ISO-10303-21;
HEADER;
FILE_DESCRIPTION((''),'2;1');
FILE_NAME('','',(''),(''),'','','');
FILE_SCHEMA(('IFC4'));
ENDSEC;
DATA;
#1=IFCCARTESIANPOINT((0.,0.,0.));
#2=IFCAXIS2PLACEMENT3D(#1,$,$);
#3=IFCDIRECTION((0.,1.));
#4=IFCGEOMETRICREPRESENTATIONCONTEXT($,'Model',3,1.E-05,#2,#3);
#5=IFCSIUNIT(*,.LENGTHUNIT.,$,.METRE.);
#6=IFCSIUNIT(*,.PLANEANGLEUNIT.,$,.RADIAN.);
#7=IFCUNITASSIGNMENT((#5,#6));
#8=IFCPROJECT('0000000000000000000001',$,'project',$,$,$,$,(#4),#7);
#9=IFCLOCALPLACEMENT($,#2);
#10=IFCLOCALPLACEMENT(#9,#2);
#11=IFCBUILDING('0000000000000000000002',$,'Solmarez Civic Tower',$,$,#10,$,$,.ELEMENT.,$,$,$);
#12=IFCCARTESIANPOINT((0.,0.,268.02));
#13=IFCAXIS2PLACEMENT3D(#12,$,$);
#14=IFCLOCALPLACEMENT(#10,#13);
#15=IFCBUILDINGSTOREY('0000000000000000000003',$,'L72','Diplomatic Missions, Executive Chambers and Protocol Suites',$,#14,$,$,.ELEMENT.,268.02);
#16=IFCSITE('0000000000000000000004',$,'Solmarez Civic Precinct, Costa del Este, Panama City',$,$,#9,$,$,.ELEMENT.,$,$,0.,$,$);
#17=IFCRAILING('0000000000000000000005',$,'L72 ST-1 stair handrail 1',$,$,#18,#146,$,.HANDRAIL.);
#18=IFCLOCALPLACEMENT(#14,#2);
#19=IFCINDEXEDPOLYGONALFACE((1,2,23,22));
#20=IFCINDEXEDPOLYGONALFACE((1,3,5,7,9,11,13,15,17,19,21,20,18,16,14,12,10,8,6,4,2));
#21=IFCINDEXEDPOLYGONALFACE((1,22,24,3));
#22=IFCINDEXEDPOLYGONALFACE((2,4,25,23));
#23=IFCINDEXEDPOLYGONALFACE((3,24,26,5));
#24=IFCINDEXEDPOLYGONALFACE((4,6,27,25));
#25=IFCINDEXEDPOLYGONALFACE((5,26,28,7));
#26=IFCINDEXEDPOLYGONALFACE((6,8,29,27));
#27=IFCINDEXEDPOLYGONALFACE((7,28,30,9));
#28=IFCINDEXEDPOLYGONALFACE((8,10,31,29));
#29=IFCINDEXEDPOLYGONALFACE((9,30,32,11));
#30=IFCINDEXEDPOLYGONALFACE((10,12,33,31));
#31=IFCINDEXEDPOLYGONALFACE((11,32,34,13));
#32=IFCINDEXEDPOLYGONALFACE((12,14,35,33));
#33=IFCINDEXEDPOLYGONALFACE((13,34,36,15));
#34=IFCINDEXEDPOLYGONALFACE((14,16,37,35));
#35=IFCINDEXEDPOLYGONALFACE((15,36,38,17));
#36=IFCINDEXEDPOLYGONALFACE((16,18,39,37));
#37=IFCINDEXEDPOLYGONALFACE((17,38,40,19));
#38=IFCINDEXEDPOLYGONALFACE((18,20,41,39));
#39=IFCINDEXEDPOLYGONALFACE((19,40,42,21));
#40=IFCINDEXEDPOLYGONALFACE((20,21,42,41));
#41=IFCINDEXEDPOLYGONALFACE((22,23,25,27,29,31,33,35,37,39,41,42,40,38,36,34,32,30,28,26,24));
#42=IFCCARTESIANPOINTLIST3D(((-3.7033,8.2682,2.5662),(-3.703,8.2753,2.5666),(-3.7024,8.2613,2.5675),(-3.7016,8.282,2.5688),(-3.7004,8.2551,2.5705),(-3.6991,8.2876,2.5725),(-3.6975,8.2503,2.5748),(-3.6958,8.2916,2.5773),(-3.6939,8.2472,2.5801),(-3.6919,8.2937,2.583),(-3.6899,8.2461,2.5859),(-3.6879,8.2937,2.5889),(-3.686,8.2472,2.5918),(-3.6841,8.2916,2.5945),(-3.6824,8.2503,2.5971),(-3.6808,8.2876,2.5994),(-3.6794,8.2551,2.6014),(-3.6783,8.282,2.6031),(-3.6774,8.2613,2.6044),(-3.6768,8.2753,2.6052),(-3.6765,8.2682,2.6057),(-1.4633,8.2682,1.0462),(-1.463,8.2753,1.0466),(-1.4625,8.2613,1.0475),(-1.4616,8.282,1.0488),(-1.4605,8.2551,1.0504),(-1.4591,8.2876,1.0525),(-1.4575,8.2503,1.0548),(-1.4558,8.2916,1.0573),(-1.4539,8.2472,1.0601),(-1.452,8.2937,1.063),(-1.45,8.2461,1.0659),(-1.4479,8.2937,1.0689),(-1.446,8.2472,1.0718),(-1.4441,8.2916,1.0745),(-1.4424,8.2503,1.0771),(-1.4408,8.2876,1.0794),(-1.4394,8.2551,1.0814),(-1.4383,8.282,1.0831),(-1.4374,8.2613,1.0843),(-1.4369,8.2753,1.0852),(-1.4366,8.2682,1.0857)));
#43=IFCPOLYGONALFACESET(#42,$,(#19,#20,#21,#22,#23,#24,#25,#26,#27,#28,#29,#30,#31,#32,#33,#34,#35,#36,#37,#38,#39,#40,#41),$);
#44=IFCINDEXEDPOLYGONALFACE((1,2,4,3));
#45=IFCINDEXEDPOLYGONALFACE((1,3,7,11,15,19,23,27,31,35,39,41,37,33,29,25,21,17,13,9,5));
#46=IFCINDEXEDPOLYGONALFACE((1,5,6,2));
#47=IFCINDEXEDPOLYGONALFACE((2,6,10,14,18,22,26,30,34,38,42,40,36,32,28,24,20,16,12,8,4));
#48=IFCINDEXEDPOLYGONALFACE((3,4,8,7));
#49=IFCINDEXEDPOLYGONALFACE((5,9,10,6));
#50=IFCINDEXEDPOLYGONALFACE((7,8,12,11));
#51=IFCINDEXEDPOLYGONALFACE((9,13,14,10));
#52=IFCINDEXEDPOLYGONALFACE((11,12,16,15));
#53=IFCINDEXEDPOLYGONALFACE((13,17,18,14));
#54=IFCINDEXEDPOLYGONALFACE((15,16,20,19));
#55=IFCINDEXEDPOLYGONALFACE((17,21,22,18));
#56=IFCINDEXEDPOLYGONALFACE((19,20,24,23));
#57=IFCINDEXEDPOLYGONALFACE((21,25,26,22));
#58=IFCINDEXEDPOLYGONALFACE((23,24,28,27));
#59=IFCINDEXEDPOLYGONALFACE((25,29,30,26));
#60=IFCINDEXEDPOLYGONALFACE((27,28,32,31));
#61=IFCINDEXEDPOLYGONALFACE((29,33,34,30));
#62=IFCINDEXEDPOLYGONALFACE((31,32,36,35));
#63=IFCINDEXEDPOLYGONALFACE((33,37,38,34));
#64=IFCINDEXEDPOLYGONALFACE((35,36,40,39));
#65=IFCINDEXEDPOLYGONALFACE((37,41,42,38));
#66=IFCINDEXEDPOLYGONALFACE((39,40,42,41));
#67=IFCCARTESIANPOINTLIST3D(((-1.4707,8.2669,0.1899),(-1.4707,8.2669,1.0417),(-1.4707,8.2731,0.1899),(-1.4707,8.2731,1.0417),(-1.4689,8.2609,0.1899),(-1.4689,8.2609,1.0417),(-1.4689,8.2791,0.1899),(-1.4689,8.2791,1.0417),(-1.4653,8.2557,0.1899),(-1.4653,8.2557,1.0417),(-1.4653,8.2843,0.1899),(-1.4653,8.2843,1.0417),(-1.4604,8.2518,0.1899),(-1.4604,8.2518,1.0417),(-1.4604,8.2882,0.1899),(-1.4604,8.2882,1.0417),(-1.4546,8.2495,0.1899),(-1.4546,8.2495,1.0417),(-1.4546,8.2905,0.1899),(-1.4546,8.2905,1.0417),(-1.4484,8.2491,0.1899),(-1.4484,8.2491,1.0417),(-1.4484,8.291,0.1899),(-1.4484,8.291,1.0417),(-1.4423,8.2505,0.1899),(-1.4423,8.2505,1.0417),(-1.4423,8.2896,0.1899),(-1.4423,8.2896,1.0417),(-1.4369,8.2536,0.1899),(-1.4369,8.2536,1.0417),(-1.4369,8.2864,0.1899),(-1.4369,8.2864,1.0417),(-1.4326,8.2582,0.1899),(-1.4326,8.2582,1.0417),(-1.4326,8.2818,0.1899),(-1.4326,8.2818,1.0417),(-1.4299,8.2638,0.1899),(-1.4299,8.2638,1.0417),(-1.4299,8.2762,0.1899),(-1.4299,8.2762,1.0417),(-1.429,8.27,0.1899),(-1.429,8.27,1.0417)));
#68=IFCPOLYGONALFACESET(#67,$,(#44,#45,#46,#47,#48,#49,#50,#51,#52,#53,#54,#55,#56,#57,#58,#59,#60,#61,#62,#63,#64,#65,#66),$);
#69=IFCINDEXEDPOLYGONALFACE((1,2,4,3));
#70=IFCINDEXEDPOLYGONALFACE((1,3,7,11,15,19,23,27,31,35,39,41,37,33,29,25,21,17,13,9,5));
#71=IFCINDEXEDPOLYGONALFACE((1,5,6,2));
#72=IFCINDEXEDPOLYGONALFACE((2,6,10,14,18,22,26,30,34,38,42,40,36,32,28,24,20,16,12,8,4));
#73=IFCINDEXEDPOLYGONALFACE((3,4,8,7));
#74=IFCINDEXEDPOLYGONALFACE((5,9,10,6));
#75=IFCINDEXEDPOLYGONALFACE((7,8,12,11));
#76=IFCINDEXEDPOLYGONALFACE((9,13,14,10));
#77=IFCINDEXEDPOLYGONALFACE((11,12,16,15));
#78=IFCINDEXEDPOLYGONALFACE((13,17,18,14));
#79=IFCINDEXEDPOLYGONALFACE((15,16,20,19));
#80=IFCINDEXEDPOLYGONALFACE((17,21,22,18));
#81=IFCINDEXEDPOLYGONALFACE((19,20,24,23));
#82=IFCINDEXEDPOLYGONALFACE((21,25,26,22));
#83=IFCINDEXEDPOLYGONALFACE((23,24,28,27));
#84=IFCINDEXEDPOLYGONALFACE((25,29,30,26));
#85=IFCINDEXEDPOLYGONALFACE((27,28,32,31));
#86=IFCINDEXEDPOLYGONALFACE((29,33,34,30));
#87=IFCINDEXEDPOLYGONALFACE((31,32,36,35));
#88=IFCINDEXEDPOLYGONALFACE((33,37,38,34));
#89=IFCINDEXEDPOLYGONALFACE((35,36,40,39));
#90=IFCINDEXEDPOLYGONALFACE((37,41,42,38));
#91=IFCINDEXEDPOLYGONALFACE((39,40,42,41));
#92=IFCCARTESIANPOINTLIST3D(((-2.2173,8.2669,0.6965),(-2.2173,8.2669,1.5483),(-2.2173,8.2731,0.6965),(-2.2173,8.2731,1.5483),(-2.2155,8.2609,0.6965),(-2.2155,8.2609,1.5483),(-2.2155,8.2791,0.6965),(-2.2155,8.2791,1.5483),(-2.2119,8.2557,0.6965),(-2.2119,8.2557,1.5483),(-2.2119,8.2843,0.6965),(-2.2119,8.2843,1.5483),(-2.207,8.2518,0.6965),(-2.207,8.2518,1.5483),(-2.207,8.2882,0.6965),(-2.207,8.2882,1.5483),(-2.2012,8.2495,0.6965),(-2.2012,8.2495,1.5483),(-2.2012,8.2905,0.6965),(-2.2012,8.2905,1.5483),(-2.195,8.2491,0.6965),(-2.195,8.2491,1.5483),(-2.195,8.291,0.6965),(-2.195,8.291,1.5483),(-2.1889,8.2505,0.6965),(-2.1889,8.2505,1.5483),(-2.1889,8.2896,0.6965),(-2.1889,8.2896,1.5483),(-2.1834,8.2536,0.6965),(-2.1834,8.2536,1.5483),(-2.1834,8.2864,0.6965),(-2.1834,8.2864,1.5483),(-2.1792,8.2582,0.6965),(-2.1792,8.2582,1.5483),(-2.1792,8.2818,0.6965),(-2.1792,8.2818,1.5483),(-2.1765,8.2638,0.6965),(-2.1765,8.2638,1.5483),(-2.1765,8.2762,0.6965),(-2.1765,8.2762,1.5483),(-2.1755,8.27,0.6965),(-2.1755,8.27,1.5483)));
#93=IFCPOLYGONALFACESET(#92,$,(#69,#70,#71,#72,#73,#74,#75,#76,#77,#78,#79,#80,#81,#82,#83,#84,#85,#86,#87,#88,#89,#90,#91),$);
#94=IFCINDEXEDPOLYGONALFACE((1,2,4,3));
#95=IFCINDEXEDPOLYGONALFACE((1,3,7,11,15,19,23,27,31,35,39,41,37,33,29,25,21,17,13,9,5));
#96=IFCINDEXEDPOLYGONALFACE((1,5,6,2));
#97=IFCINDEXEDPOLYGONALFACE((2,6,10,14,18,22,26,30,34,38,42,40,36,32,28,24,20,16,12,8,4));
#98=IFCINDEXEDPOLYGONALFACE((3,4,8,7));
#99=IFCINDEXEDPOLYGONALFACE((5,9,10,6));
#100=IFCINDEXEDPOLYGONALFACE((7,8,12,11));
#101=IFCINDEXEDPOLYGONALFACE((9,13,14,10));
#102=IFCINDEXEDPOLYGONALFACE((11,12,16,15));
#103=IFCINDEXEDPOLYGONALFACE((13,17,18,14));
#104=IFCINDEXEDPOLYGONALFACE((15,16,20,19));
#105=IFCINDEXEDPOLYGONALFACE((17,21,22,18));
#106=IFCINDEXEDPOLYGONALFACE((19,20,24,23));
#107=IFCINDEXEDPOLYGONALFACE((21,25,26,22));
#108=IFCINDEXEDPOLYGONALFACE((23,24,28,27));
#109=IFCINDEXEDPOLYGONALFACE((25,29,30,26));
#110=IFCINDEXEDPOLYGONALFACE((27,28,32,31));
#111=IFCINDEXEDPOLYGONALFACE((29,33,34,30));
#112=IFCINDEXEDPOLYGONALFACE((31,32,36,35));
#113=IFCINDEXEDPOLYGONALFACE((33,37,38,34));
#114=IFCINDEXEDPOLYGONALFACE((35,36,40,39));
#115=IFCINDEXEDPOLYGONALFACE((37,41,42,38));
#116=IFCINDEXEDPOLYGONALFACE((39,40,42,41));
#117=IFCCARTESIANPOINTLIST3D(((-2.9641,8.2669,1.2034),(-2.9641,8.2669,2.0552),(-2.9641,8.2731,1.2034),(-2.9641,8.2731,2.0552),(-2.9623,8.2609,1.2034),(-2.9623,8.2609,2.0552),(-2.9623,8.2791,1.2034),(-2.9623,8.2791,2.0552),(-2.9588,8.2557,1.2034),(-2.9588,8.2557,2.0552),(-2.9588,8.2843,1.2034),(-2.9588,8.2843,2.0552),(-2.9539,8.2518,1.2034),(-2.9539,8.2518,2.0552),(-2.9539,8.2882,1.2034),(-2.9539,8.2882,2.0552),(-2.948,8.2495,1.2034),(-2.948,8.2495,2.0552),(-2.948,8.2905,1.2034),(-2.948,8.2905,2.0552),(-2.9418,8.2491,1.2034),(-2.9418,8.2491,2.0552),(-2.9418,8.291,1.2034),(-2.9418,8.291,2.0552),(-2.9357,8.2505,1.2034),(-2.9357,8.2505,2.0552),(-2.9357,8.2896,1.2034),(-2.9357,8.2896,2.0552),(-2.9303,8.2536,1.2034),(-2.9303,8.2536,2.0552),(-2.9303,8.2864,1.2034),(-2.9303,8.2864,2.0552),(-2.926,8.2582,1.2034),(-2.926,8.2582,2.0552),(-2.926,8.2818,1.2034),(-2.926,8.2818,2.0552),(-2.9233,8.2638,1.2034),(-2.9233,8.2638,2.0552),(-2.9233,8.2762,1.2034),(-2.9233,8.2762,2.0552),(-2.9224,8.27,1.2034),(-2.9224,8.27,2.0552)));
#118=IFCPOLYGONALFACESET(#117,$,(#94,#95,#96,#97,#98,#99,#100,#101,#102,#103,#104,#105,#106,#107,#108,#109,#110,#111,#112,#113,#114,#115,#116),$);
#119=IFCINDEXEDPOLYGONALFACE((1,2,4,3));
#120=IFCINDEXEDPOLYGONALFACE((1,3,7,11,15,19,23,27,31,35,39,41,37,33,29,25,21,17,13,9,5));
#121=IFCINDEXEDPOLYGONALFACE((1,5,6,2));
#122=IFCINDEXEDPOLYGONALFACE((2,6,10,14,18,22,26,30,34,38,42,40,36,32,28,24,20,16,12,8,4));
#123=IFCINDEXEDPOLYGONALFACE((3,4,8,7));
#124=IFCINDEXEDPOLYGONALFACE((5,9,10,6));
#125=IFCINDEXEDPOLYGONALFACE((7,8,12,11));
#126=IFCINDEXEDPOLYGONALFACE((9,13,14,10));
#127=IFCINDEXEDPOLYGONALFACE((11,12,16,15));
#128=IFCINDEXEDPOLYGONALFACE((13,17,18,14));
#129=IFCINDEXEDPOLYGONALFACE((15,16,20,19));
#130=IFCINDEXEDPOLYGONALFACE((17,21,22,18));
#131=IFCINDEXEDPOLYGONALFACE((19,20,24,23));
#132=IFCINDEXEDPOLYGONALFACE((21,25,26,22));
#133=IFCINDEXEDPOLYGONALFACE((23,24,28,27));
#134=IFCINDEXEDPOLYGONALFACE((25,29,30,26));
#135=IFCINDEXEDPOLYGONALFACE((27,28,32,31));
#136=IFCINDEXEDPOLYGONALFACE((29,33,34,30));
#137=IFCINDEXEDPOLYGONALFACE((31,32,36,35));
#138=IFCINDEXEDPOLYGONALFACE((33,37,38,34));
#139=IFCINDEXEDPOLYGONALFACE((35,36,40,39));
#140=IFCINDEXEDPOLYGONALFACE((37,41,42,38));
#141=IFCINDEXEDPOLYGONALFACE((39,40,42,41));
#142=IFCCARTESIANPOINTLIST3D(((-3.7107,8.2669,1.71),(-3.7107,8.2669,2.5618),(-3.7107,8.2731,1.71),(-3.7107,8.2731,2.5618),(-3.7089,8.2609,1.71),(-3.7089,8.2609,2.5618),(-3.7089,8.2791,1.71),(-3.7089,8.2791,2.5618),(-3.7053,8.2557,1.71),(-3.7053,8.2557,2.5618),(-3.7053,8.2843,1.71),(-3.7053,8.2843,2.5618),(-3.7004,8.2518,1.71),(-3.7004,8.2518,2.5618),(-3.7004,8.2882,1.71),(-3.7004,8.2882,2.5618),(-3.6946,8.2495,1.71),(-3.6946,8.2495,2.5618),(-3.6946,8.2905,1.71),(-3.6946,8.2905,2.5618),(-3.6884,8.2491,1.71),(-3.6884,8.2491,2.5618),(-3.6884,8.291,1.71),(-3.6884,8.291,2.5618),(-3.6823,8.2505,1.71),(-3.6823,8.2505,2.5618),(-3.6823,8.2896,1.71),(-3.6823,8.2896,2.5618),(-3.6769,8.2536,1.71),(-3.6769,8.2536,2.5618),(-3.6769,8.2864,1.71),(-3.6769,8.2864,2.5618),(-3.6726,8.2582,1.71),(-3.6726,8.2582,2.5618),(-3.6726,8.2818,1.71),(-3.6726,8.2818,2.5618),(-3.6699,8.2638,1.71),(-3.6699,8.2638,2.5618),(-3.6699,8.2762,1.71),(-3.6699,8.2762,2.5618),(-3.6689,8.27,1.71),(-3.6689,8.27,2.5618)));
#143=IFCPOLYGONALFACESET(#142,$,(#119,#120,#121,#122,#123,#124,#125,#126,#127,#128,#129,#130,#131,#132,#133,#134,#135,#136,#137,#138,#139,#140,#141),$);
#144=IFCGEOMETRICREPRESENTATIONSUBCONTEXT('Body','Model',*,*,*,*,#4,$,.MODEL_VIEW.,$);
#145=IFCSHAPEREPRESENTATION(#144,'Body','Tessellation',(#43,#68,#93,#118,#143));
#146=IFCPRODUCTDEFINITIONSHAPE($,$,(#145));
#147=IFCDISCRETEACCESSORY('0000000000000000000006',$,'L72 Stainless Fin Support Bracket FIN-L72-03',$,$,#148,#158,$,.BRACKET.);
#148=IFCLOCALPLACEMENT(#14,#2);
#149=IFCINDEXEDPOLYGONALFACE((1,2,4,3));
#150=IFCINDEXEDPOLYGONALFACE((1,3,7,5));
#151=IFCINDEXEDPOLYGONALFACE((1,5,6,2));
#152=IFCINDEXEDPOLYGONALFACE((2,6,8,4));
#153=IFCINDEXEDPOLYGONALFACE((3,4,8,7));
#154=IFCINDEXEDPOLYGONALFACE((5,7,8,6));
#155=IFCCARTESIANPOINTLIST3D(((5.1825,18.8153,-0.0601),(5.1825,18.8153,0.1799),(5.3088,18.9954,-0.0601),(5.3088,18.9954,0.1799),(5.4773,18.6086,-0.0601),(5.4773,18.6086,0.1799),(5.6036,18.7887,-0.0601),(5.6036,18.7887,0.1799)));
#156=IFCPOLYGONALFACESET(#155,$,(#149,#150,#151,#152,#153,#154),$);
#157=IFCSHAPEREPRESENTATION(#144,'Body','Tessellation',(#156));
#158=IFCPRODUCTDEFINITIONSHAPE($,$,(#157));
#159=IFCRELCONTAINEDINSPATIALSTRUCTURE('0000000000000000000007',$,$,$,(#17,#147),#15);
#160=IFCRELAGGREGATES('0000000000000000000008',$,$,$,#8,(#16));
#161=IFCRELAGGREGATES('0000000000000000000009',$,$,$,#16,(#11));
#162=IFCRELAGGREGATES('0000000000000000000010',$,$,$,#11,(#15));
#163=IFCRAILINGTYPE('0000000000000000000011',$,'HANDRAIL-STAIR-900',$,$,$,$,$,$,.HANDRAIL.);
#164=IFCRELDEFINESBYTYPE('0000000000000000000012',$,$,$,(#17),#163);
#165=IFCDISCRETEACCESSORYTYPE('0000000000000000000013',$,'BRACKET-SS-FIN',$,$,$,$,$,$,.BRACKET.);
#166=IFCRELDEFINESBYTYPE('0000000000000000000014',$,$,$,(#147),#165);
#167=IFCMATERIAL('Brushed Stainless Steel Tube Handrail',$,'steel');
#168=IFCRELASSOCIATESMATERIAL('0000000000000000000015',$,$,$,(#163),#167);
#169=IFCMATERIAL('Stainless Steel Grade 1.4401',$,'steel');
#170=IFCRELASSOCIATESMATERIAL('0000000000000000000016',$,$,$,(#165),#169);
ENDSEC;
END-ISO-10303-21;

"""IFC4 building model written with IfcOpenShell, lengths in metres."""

from ifc_helpers import new_model, si_unit, direction, frame, origin, origin_2d, place, context, subcontext, project, spatial, rectangle, circle, extrude, material, type_object, element, save


model = new_model("IFC4")

# Units and contexts
model_context = context("Model", 3, precision=1e-05, world=origin(), true_north=direction((0.0, 1.0)))
body_context = subcontext(model_context, "Body", "Model", "MODEL_VIEW")
ifc_project = project(units=[si_unit("LENGTHUNIT", "METRE"), si_unit("PLANEANGLEUNIT", "RADIAN")], contexts=[model_context])

# Site, building, storey
site_placement = place(None, origin())
site = spatial("IfcSite", under=ifc_project, at=site_placement, Name="Solmarez Civic Precinct, Costa del Este, Panama City", CompositionType="ELEMENT", RefElevation=0.0)
building_placement = place(site_placement, origin())
building = spatial("IfcBuilding", under=site, at=building_placement, Name="Solmarez Civic Tower", CompositionType="ELEMENT")
storey_placement = place(building_placement, frame((0.0, 0.0, 268.02)))
storey = spatial("IfcBuildingStorey", under=building, at=storey_placement, Name="L72", Description="Diplomatic Missions, Executive Chambers and Protocol Suites", CompositionType="ELEMENT", Elevation=268.02)

# Railing
ifc_material_1 = material(Name="Brushed Stainless Steel Tube Handrail", Category="steel")
railing_type_1 = type_object("IfcRailingType", Name="HANDRAIL-STAIR-900", PredefinedType="HANDRAIL", material=ifc_material_1)
railing_1_placement = place(storey_placement, frame((-1.45, 8.27, 0.1899)))
element("IfcRailing", 1, at=railing_1_placement, inside=storey, type_object=railing_type_1, Name="L72 ST-1 stair handrail 1", PredefinedType="HANDRAIL", context=body_context, shape_type="SweptSolid", body=[
    extrude(circle(Radius=0.0239, at=origin_2d()), frame((0.0, 0.0, 0.876), z_axis=(-0.827471, 0.0, 0.561508), x_axis=(0.0, -1.0, 0.0)), (0.0, 0.0, 1.0), 2.707),
    extrude(circle(Radius=0.021, at=origin_2d()), origin(), (0.0, 0.0, 1.0), 0.8518),
    extrude(circle(Radius=0.021, at=origin_2d()), frame((-0.7466, 0.0, 0.5066)), (0.0, 0.0, 1.0), 0.8518),
    extrude(circle(Radius=0.021, at=origin_2d()), frame((-1.4934, 0.0, 1.0134)), (0.0, 0.0, 1.0), 0.8518),
    extrude(circle(Radius=0.021, at=origin_2d()), frame((-2.24, 0.0, 1.52)), (0.0, 0.0, 1.0), 0.8518),
])

# Discrete accessory
ifc_material_2 = material(Name="Stainless Steel Grade 1.4401", Category="steel")
discrete_accessory_type = type_object("IfcDiscreteAccessoryType", Name="BRACKET-SS-FIN", PredefinedType="BRACKET", material=ifc_material_2)
discrete_accessory_placement = place(storey_placement, frame((5.3931, 18.802, -0.0601), z_axis=(0.0, 0.0, 1.0), x_axis=(-0.818735, 0.574171, 0.0)))
element("IfcDiscreteAccessory", 2, at=discrete_accessory_placement, inside=storey, type_object=discrete_accessory_type, Name="L72 Stainless Fin Support Bracket FIN-L72-03", PredefinedType="BRACKET", context=body_context, shape_type="SweptSolid", body=[
    extrude(rectangle(XDim=0.3601, YDim=0.22, at=origin_2d()), origin(), (0.0, 0.0, 1.0), 0.24),
])

save(model, "model.ifc")
